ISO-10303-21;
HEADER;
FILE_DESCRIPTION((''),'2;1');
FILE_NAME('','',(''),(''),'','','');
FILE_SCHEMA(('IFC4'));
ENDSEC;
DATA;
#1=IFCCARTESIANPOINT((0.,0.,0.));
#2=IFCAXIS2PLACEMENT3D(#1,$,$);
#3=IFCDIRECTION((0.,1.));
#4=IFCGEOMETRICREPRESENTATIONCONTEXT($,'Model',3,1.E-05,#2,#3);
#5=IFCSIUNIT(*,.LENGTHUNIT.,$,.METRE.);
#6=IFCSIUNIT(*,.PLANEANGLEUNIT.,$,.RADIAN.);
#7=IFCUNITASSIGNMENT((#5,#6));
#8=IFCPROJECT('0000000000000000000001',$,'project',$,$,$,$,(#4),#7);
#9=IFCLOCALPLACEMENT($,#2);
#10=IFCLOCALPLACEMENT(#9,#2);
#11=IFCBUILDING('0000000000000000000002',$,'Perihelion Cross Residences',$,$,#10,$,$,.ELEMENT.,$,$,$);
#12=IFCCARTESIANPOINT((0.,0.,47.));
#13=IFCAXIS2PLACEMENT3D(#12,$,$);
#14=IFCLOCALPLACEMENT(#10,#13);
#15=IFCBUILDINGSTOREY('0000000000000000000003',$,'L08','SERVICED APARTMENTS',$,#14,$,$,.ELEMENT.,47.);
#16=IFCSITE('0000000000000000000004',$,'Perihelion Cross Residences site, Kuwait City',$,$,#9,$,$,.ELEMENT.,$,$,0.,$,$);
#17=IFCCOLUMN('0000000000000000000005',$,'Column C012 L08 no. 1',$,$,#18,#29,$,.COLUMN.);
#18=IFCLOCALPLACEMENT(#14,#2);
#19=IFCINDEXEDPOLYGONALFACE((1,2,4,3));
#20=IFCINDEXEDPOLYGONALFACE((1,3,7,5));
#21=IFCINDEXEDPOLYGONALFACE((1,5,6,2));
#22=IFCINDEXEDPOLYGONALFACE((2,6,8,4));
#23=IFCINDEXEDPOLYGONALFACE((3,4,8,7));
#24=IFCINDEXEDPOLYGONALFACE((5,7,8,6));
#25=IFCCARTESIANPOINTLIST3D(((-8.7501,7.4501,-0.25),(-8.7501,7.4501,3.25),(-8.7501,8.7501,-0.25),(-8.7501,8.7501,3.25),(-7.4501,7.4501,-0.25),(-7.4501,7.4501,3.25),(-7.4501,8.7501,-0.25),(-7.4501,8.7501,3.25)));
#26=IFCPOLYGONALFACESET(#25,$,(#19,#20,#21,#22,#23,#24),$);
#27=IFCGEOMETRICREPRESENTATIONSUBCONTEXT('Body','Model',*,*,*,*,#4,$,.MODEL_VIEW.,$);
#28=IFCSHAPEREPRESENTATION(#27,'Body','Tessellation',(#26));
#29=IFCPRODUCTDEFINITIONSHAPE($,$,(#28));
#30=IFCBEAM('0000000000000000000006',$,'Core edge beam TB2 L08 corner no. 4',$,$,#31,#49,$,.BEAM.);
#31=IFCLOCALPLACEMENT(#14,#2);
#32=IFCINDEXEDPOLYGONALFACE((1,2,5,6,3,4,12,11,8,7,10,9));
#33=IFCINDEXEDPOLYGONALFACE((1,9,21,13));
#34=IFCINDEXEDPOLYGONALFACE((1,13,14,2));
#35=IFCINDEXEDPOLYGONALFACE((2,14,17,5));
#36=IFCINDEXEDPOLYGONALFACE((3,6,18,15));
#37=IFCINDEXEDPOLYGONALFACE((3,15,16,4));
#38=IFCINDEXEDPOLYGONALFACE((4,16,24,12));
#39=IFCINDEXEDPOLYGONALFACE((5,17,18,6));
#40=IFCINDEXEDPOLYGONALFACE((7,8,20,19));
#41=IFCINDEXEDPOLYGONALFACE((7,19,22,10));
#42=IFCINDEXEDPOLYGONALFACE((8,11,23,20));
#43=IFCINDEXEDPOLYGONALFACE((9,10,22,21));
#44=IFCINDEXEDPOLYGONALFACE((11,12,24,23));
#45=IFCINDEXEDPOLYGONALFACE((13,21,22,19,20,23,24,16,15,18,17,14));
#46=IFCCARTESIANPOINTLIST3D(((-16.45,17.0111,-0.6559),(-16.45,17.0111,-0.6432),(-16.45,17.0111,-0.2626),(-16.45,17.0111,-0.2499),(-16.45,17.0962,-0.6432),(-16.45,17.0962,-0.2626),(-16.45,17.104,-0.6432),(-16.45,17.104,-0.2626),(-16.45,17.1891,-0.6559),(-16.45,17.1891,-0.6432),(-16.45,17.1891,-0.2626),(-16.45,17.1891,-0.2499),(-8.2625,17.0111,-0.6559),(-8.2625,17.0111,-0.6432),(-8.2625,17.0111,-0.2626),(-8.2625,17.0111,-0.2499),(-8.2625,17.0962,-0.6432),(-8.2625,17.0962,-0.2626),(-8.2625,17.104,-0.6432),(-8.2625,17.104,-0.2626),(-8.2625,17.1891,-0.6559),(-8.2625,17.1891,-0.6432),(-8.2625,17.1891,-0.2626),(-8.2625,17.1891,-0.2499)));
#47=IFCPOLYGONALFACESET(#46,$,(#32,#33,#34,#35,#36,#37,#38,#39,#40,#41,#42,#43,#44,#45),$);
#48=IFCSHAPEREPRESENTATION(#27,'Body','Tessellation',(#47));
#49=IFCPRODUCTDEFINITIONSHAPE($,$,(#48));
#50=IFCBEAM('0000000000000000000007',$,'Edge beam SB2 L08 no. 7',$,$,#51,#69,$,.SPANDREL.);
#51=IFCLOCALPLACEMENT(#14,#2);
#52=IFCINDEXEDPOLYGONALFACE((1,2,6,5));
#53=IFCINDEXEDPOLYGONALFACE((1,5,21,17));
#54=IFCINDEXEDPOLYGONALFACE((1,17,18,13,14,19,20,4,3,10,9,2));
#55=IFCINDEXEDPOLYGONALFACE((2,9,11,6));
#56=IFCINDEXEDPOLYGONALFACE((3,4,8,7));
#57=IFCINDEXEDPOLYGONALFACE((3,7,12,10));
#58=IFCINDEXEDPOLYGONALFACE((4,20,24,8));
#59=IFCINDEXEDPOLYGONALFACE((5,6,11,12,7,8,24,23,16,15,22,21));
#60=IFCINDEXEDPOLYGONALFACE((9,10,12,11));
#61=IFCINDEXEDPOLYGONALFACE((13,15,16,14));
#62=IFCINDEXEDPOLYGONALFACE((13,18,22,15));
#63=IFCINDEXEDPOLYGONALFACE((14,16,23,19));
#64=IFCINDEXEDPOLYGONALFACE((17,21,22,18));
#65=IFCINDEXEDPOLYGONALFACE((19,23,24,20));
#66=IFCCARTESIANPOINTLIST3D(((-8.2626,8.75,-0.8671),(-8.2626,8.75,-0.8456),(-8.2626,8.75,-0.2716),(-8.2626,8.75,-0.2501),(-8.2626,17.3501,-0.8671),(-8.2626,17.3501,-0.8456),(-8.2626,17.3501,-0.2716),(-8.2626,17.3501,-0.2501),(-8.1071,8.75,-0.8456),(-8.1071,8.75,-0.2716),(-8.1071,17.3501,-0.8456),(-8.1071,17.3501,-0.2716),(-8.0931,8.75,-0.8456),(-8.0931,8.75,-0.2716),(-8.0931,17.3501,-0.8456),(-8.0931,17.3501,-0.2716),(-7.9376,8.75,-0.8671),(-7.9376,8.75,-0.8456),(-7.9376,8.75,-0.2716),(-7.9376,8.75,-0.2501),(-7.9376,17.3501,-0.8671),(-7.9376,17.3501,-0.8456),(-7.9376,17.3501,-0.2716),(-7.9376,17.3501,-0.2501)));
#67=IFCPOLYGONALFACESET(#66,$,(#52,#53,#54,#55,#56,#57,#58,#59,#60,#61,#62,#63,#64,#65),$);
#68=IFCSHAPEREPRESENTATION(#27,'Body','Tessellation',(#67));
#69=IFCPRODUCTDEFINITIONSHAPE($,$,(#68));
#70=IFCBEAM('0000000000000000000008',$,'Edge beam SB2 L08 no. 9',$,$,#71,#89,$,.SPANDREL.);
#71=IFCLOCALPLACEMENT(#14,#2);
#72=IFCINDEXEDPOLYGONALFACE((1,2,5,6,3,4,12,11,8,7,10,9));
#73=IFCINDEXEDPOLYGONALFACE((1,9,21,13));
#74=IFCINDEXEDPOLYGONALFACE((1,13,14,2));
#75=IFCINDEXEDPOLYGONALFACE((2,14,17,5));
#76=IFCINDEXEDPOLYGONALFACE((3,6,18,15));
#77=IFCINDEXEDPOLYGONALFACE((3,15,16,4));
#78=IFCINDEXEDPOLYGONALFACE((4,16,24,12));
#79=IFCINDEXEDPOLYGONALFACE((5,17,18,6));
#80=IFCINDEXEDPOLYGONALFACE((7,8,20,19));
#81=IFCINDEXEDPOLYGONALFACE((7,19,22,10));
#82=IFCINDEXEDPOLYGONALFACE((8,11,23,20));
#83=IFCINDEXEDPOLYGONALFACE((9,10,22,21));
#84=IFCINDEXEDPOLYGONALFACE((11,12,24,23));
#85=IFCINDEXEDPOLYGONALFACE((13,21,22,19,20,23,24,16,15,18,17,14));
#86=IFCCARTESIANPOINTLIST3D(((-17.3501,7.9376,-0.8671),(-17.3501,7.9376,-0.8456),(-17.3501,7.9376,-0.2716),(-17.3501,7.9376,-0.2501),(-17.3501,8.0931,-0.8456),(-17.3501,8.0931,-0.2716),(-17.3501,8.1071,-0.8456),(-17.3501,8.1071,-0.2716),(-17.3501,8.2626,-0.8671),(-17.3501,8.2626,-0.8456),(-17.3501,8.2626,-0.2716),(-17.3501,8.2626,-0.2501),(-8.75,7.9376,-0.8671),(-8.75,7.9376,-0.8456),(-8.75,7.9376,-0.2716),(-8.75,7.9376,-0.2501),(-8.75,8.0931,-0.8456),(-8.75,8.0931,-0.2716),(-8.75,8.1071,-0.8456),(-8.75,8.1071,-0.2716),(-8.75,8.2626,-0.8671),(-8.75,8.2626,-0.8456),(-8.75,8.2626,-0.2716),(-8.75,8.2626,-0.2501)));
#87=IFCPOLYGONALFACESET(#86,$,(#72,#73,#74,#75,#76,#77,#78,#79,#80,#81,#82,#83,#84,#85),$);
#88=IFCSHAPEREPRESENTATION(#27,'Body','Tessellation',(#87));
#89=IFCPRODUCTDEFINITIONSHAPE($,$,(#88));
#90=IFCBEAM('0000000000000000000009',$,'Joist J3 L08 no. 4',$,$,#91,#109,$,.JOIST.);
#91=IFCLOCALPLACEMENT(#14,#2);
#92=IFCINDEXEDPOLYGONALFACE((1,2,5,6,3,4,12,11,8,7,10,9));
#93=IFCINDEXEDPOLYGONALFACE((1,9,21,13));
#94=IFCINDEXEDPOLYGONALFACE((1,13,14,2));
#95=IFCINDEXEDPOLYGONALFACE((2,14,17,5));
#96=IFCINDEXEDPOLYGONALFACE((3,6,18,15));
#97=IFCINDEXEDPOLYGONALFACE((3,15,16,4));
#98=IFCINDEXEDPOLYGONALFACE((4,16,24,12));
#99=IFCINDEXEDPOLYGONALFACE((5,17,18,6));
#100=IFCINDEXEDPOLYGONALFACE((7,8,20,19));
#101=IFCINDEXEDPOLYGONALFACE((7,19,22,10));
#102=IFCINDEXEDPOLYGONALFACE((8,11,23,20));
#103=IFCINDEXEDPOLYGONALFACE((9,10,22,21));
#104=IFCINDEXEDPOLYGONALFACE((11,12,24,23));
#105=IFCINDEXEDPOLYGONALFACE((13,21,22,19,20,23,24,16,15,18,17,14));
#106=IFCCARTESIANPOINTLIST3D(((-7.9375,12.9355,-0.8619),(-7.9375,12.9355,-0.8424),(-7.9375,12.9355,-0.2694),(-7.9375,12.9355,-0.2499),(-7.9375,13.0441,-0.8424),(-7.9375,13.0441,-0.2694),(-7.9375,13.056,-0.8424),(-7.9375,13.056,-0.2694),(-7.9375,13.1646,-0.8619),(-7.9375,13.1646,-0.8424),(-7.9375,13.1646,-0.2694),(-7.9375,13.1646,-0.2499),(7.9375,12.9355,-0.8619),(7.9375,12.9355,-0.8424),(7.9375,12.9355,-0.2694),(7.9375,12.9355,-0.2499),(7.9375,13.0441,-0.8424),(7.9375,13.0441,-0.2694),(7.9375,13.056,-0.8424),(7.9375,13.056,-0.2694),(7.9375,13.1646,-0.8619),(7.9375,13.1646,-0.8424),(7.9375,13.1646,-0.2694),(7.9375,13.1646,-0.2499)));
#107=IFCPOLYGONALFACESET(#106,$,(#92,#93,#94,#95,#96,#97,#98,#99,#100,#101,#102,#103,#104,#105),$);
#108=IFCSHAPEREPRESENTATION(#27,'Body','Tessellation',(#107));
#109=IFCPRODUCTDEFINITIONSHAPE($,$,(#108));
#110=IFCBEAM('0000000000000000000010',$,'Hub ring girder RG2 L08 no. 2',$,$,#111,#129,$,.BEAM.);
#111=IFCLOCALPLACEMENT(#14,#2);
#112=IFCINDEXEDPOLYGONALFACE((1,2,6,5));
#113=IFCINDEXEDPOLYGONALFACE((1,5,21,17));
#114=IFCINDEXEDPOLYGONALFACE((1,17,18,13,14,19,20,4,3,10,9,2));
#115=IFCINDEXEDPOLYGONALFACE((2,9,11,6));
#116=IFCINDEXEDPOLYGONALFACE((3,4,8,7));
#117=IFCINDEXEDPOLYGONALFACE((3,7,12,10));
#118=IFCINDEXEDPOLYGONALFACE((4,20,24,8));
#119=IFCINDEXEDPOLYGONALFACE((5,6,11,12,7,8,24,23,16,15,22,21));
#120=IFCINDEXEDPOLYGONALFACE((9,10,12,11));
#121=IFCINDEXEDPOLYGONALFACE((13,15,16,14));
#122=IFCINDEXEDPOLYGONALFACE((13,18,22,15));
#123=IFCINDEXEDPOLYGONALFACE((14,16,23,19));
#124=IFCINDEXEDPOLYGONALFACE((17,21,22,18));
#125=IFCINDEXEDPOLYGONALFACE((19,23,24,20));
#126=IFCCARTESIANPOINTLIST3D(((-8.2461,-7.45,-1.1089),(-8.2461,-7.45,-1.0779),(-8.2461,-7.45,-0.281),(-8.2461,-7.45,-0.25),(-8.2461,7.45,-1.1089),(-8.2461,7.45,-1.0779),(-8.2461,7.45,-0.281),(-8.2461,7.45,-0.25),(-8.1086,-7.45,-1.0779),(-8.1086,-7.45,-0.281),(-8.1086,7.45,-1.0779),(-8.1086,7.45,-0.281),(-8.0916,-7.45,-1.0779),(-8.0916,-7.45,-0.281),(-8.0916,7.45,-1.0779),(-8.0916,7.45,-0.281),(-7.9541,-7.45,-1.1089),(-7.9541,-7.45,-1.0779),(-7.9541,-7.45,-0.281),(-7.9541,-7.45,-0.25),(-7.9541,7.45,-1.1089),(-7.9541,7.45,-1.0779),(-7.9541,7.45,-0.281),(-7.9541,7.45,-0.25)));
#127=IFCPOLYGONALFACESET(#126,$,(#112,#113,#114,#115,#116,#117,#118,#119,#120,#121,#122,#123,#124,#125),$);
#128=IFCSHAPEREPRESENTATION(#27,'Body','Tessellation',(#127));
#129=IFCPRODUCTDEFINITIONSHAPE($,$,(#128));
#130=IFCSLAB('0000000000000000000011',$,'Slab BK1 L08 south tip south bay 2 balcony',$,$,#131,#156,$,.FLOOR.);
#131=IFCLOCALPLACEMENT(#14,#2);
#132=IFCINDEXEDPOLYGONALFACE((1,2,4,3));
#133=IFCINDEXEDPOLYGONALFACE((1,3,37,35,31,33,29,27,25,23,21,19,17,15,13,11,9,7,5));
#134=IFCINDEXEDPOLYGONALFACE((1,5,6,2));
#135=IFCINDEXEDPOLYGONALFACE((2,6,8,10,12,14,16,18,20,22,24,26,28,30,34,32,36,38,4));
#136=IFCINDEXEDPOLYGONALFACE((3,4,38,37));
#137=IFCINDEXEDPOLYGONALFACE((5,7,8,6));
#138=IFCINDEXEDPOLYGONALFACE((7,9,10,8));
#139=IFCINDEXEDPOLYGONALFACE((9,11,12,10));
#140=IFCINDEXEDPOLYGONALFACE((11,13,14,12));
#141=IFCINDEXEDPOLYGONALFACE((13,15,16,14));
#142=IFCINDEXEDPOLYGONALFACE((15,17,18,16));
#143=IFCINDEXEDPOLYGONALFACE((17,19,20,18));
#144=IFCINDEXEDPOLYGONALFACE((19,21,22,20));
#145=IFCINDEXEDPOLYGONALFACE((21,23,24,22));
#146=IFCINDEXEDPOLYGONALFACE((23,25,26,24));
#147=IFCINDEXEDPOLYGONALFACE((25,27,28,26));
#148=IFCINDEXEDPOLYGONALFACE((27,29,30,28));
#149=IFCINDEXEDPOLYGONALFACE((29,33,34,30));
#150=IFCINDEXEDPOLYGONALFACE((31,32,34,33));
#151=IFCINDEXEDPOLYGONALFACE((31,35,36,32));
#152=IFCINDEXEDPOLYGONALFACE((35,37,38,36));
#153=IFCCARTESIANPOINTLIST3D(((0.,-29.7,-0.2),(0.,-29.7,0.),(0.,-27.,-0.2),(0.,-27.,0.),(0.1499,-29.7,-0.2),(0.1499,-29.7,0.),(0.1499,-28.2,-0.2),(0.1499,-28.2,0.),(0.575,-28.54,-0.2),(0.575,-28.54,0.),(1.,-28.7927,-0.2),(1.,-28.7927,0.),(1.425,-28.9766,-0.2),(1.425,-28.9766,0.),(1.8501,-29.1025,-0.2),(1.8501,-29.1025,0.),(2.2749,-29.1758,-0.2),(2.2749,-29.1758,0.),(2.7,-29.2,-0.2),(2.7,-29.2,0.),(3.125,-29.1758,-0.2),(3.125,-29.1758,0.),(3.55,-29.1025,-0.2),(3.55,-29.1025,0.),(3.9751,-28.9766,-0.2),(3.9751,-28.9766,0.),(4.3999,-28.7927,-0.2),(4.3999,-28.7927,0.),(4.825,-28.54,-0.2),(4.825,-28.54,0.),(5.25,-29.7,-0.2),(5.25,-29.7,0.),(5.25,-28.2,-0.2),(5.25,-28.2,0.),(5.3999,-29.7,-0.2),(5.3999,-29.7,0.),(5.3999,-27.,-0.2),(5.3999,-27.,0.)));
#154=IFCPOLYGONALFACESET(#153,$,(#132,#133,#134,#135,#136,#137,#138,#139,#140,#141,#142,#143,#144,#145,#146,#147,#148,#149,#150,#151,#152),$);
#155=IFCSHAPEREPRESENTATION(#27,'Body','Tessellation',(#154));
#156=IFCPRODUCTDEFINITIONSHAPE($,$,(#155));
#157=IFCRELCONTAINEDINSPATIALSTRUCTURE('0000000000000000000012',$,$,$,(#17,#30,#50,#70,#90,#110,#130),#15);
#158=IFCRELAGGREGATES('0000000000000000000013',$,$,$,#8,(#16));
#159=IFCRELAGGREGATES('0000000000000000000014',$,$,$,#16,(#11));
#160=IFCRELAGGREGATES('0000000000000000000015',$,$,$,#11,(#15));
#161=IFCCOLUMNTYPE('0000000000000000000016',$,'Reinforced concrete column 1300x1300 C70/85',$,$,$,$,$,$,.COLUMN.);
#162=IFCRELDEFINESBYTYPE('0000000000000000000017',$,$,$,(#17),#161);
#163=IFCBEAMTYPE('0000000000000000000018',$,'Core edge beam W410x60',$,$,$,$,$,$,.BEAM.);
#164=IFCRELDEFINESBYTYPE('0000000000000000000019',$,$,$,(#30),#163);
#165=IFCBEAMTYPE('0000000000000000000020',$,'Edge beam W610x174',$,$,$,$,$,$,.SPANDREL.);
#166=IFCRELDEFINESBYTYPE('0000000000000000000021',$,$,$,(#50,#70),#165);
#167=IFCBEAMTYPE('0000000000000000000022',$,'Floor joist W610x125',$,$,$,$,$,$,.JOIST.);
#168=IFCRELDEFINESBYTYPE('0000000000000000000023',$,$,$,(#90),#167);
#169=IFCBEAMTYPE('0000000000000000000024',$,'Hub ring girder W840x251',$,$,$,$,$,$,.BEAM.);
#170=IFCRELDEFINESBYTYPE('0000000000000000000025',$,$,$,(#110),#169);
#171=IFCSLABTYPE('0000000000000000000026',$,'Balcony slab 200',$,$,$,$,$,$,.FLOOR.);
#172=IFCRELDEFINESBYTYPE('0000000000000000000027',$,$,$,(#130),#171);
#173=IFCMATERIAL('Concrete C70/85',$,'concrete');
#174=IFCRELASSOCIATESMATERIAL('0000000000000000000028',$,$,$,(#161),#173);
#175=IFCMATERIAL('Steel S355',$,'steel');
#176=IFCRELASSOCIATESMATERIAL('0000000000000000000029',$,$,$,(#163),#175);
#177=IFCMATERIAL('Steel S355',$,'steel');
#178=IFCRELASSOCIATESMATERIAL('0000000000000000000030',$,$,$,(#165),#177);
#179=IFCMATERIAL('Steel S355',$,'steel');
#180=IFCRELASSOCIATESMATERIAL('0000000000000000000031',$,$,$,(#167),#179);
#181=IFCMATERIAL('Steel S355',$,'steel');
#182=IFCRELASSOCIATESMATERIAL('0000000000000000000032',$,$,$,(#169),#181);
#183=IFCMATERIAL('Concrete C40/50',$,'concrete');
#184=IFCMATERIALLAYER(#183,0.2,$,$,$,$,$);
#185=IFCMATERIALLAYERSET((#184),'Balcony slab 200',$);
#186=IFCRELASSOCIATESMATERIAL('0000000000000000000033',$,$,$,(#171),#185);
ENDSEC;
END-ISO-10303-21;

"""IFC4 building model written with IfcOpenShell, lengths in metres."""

from ifc_helpers import new_model, si_unit, direction, frame, origin, origin_2d, place, context, subcontext, project, spatial, polyline, rectangle, i_section, outline, extrude, material, layer, layer_set, material_profile, profile_set, type_object, element, save


model = new_model("IFC4")

# Units and contexts
model_context = context("Model", 3, precision=1e-05, world=origin(), true_north=direction((0.0, 1.0)))
body_context = subcontext(model_context, "Body", "Model", "MODEL_VIEW")
ifc_project = project(units=[si_unit("LENGTHUNIT", "METRE"), si_unit("PLANEANGLEUNIT", "RADIAN")], contexts=[model_context])

# Site, building, storey
site_placement = place(None, origin())
site = spatial("IfcSite", under=ifc_project, at=site_placement, Name="Perihelion Cross Residences site, Kuwait City", CompositionType="ELEMENT", RefElevation=0.0)
building_placement = place(site_placement, origin())
building = spatial("IfcBuilding", under=site, at=building_placement, Name="Perihelion Cross Residences", CompositionType="ELEMENT")
storey_placement = place(building_placement, frame((0.0, 0.0, 47.0)))
storey = spatial("IfcBuildingStorey", under=building, at=storey_placement, Name="L08", Description="SERVICED APARTMENTS", CompositionType="ELEMENT", Elevation=47.0)

# Column
ifc_material_1 = material(Name="Concrete C70/85", Category="concrete")
ifc_material_profile_1 = material_profile(ifc_material_1, rectangle(XDim=1.3, YDim=1.3, at=origin_2d()), Name="RC 1300x1300")
ifc_profile_set_1 = profile_set([ifc_material_profile_1], Name="Concrete C70/85")
column_type = type_object("IfcColumnType", Name="Reinforced concrete column 1300x1300 C70/85", PredefinedType="COLUMN", material=ifc_profile_set_1)
column_placement = place(storey_placement, frame((-8.1001, 8.1001, -0.25), z_axis=(0.0, 0.0, 1.0), x_axis=(1.0, 0.0, 0.0)))
element("IfcColumn", 1, at=column_placement, inside=storey, type_object=column_type, Name="Column C012 L08 no. 1", PredefinedType="COLUMN", context=body_context, shape_type="SweptSolid", body=[
    extrude(rectangle(XDim=1.3, YDim=1.3, at=origin_2d()), origin(), (0.0, 0.0, 1.0), 3.5),
])

# Beams
ifc_material_2 = material(Name="Steel S355", Category="steel")
ifc_material_profile_2 = material_profile(ifc_material_2, i_section(OverallWidth=0.178, OverallDepth=0.406, WebThickness=0.0078, FlangeThickness=0.0127, at=origin_2d()), Name="W410x60")
ifc_profile_set_2 = profile_set([ifc_material_profile_2], Name="Steel S355")
beam_type_1 = type_object("IfcBeamType", Name="Core edge beam W410x60", PredefinedType="BEAM", material=ifc_profile_set_2)
beam_1_placement = place(storey_placement, frame((-8.2625, 17.1001, -0.4529), z_axis=(-1.0, 0.0, 0.0), x_axis=(0.0, -1.0, 0.0)))
element("IfcBeam", 2, at=beam_1_placement, inside=storey, type_object=beam_type_1, Name="Core edge beam TB2 L08 corner no. 4", PredefinedType="BEAM", context=body_context, shape_type="SweptSolid", body=[
    extrude(i_section(OverallWidth=0.178, OverallDepth=0.406, WebThickness=0.0078, FlangeThickness=0.0127, at=origin_2d()), origin(), (0.0, 0.0, 1.0), 8.1875),
])
ifc_material_3 = material(Name="Steel S355", Category="steel")
ifc_material_profile_3 = material_profile(ifc_material_3, i_section(OverallWidth=0.325, OverallDepth=0.6169, WebThickness=0.0139, FlangeThickness=0.0215, at=origin_2d()), Name="W610x174")
ifc_profile_set_3 = profile_set([ifc_material_profile_3], Name="Steel S355")
beam_type_2 = type_object("IfcBeamType", Name="Edge beam W610x174", PredefinedType="SPANDREL", material=ifc_profile_set_3)
for number, where, z_axis, x_axis, name in (
    (3, (-8.1001, 17.3501, -0.5586), (0.0, -1.0, 0.0), (1.0, 0.0, 0.0), "Edge beam SB2 L08 no. 7"),
    (4, (-8.75, 8.1001, -0.5586), (-1.0, 0.0, 0.0), (0.0, -1.0, 0.0), "Edge beam SB2 L08 no. 9"),
):
    element("IfcBeam", number, at=place(storey_placement, frame(where, z_axis=z_axis, x_axis=x_axis)), inside=storey, type_object=beam_type_2, Name=name, PredefinedType="SPANDREL", context=body_context, shape_type="SweptSolid", body=[
        extrude(i_section(OverallWidth=0.325, OverallDepth=0.6169, WebThickness=0.0139, FlangeThickness=0.0215, at=origin_2d()), origin(), (0.0, 0.0, 1.0), 8.6001),
    ])
ifc_material_4 = material(Name="Steel S355", Category="steel")
ifc_material_profile_4 = material_profile(ifc_material_4, i_section(OverallWidth=0.229, OverallDepth=0.6121, WebThickness=0.012, FlangeThickness=0.0195, at=origin_2d()), Name="W610x125")
ifc_profile_set_4 = profile_set([ifc_material_profile_4], Name="Steel S355")
beam_type_3 = type_object("IfcBeamType", Name="Floor joist W610x125", PredefinedType="JOIST", material=ifc_profile_set_4)
beam_2_placement = place(storey_placement, frame((-7.9375, 13.05, -0.5559), z_axis=(1.0, 0.0, 0.0), x_axis=(0.0, 1.0, 0.0)))
element("IfcBeam", 5, at=beam_2_placement, inside=storey, type_object=beam_type_3, Name="Joist J3 L08 no. 4", PredefinedType="JOIST", context=body_context, shape_type="SweptSolid", body=[
    extrude(i_section(OverallWidth=0.229, OverallDepth=0.6121, WebThickness=0.012, FlangeThickness=0.0195, at=origin_2d()), origin(), (0.0, 0.0, 1.0), 15.875),
])
ifc_material_5 = material(Name="Steel S355", Category="steel")
ifc_material_profile_5 = material_profile(ifc_material_5, i_section(OverallWidth=0.292, OverallDepth=0.8589, WebThickness=0.0171, FlangeThickness=0.031, at=origin_2d()), Name="W840x251")
ifc_profile_set_5 = profile_set([ifc_material_profile_5], Name="Steel S355")
beam_type_4 = type_object("IfcBeamType", Name="Hub ring girder W840x251", PredefinedType="BEAM", material=ifc_profile_set_5)
beam_3_placement = place(storey_placement, frame((-8.1001, 7.45, -0.6794), z_axis=(0.0, -1.0, 0.0), x_axis=(1.0, 0.0, 0.0)))
element("IfcBeam", 6, at=beam_3_placement, inside=storey, type_object=beam_type_4, Name="Hub ring girder RG2 L08 no. 2", PredefinedType="BEAM", context=body_context, shape_type="SweptSolid", body=[
    extrude(i_section(OverallWidth=0.292, OverallDepth=0.8589, WebThickness=0.0171, FlangeThickness=0.031, at=origin_2d()), origin(), (0.0, 0.0, 1.0), 14.8999),
])

# Slab
ifc_material_6 = material(Name="Concrete C40/50", Category="concrete")
ifc_layer_1 = layer(ifc_material_6, 0.2)
ifc_layer_set_1 = layer_set([ifc_layer_1], Name="Balcony slab 200")
slab_type_1 = type_object("IfcSlabType", Name="Balcony slab 200", PredefinedType="FLOOR", material=ifc_layer_set_1)
slab_1_placement = place(storey_placement, frame((0.0, 0.0, -0.2)))
element("IfcSlab", 7, at=slab_1_placement, inside=storey, type_object=slab_type_1, Name="Slab BK1 L08 south tip south bay 2 balcony", PredefinedType="FLOOR", context=body_context, shape_type="SweptSolid", body=[
    extrude(outline(polyline([(0.0, -27.0), (5.3999, -27.0), (5.3999, -29.7), (5.25, -29.7), (5.25, -28.2), (4.825, -28.54), (4.3999, -28.7927), (3.9751, -28.9766), (3.55, -29.1025), (3.125, -29.1758), (2.7, -29.2), (2.2749, -29.1758), (1.8501, -29.1025), (1.425, -28.9766), (1.0, -28.7927), (0.575, -28.54), (0.1499, -28.2), (0.1499, -29.7), (0.0, -29.7), (0.0, -27.0)])), origin(), (0.0, 0.0, 1.0), 0.2),
])

save(model, "model.ifc")
